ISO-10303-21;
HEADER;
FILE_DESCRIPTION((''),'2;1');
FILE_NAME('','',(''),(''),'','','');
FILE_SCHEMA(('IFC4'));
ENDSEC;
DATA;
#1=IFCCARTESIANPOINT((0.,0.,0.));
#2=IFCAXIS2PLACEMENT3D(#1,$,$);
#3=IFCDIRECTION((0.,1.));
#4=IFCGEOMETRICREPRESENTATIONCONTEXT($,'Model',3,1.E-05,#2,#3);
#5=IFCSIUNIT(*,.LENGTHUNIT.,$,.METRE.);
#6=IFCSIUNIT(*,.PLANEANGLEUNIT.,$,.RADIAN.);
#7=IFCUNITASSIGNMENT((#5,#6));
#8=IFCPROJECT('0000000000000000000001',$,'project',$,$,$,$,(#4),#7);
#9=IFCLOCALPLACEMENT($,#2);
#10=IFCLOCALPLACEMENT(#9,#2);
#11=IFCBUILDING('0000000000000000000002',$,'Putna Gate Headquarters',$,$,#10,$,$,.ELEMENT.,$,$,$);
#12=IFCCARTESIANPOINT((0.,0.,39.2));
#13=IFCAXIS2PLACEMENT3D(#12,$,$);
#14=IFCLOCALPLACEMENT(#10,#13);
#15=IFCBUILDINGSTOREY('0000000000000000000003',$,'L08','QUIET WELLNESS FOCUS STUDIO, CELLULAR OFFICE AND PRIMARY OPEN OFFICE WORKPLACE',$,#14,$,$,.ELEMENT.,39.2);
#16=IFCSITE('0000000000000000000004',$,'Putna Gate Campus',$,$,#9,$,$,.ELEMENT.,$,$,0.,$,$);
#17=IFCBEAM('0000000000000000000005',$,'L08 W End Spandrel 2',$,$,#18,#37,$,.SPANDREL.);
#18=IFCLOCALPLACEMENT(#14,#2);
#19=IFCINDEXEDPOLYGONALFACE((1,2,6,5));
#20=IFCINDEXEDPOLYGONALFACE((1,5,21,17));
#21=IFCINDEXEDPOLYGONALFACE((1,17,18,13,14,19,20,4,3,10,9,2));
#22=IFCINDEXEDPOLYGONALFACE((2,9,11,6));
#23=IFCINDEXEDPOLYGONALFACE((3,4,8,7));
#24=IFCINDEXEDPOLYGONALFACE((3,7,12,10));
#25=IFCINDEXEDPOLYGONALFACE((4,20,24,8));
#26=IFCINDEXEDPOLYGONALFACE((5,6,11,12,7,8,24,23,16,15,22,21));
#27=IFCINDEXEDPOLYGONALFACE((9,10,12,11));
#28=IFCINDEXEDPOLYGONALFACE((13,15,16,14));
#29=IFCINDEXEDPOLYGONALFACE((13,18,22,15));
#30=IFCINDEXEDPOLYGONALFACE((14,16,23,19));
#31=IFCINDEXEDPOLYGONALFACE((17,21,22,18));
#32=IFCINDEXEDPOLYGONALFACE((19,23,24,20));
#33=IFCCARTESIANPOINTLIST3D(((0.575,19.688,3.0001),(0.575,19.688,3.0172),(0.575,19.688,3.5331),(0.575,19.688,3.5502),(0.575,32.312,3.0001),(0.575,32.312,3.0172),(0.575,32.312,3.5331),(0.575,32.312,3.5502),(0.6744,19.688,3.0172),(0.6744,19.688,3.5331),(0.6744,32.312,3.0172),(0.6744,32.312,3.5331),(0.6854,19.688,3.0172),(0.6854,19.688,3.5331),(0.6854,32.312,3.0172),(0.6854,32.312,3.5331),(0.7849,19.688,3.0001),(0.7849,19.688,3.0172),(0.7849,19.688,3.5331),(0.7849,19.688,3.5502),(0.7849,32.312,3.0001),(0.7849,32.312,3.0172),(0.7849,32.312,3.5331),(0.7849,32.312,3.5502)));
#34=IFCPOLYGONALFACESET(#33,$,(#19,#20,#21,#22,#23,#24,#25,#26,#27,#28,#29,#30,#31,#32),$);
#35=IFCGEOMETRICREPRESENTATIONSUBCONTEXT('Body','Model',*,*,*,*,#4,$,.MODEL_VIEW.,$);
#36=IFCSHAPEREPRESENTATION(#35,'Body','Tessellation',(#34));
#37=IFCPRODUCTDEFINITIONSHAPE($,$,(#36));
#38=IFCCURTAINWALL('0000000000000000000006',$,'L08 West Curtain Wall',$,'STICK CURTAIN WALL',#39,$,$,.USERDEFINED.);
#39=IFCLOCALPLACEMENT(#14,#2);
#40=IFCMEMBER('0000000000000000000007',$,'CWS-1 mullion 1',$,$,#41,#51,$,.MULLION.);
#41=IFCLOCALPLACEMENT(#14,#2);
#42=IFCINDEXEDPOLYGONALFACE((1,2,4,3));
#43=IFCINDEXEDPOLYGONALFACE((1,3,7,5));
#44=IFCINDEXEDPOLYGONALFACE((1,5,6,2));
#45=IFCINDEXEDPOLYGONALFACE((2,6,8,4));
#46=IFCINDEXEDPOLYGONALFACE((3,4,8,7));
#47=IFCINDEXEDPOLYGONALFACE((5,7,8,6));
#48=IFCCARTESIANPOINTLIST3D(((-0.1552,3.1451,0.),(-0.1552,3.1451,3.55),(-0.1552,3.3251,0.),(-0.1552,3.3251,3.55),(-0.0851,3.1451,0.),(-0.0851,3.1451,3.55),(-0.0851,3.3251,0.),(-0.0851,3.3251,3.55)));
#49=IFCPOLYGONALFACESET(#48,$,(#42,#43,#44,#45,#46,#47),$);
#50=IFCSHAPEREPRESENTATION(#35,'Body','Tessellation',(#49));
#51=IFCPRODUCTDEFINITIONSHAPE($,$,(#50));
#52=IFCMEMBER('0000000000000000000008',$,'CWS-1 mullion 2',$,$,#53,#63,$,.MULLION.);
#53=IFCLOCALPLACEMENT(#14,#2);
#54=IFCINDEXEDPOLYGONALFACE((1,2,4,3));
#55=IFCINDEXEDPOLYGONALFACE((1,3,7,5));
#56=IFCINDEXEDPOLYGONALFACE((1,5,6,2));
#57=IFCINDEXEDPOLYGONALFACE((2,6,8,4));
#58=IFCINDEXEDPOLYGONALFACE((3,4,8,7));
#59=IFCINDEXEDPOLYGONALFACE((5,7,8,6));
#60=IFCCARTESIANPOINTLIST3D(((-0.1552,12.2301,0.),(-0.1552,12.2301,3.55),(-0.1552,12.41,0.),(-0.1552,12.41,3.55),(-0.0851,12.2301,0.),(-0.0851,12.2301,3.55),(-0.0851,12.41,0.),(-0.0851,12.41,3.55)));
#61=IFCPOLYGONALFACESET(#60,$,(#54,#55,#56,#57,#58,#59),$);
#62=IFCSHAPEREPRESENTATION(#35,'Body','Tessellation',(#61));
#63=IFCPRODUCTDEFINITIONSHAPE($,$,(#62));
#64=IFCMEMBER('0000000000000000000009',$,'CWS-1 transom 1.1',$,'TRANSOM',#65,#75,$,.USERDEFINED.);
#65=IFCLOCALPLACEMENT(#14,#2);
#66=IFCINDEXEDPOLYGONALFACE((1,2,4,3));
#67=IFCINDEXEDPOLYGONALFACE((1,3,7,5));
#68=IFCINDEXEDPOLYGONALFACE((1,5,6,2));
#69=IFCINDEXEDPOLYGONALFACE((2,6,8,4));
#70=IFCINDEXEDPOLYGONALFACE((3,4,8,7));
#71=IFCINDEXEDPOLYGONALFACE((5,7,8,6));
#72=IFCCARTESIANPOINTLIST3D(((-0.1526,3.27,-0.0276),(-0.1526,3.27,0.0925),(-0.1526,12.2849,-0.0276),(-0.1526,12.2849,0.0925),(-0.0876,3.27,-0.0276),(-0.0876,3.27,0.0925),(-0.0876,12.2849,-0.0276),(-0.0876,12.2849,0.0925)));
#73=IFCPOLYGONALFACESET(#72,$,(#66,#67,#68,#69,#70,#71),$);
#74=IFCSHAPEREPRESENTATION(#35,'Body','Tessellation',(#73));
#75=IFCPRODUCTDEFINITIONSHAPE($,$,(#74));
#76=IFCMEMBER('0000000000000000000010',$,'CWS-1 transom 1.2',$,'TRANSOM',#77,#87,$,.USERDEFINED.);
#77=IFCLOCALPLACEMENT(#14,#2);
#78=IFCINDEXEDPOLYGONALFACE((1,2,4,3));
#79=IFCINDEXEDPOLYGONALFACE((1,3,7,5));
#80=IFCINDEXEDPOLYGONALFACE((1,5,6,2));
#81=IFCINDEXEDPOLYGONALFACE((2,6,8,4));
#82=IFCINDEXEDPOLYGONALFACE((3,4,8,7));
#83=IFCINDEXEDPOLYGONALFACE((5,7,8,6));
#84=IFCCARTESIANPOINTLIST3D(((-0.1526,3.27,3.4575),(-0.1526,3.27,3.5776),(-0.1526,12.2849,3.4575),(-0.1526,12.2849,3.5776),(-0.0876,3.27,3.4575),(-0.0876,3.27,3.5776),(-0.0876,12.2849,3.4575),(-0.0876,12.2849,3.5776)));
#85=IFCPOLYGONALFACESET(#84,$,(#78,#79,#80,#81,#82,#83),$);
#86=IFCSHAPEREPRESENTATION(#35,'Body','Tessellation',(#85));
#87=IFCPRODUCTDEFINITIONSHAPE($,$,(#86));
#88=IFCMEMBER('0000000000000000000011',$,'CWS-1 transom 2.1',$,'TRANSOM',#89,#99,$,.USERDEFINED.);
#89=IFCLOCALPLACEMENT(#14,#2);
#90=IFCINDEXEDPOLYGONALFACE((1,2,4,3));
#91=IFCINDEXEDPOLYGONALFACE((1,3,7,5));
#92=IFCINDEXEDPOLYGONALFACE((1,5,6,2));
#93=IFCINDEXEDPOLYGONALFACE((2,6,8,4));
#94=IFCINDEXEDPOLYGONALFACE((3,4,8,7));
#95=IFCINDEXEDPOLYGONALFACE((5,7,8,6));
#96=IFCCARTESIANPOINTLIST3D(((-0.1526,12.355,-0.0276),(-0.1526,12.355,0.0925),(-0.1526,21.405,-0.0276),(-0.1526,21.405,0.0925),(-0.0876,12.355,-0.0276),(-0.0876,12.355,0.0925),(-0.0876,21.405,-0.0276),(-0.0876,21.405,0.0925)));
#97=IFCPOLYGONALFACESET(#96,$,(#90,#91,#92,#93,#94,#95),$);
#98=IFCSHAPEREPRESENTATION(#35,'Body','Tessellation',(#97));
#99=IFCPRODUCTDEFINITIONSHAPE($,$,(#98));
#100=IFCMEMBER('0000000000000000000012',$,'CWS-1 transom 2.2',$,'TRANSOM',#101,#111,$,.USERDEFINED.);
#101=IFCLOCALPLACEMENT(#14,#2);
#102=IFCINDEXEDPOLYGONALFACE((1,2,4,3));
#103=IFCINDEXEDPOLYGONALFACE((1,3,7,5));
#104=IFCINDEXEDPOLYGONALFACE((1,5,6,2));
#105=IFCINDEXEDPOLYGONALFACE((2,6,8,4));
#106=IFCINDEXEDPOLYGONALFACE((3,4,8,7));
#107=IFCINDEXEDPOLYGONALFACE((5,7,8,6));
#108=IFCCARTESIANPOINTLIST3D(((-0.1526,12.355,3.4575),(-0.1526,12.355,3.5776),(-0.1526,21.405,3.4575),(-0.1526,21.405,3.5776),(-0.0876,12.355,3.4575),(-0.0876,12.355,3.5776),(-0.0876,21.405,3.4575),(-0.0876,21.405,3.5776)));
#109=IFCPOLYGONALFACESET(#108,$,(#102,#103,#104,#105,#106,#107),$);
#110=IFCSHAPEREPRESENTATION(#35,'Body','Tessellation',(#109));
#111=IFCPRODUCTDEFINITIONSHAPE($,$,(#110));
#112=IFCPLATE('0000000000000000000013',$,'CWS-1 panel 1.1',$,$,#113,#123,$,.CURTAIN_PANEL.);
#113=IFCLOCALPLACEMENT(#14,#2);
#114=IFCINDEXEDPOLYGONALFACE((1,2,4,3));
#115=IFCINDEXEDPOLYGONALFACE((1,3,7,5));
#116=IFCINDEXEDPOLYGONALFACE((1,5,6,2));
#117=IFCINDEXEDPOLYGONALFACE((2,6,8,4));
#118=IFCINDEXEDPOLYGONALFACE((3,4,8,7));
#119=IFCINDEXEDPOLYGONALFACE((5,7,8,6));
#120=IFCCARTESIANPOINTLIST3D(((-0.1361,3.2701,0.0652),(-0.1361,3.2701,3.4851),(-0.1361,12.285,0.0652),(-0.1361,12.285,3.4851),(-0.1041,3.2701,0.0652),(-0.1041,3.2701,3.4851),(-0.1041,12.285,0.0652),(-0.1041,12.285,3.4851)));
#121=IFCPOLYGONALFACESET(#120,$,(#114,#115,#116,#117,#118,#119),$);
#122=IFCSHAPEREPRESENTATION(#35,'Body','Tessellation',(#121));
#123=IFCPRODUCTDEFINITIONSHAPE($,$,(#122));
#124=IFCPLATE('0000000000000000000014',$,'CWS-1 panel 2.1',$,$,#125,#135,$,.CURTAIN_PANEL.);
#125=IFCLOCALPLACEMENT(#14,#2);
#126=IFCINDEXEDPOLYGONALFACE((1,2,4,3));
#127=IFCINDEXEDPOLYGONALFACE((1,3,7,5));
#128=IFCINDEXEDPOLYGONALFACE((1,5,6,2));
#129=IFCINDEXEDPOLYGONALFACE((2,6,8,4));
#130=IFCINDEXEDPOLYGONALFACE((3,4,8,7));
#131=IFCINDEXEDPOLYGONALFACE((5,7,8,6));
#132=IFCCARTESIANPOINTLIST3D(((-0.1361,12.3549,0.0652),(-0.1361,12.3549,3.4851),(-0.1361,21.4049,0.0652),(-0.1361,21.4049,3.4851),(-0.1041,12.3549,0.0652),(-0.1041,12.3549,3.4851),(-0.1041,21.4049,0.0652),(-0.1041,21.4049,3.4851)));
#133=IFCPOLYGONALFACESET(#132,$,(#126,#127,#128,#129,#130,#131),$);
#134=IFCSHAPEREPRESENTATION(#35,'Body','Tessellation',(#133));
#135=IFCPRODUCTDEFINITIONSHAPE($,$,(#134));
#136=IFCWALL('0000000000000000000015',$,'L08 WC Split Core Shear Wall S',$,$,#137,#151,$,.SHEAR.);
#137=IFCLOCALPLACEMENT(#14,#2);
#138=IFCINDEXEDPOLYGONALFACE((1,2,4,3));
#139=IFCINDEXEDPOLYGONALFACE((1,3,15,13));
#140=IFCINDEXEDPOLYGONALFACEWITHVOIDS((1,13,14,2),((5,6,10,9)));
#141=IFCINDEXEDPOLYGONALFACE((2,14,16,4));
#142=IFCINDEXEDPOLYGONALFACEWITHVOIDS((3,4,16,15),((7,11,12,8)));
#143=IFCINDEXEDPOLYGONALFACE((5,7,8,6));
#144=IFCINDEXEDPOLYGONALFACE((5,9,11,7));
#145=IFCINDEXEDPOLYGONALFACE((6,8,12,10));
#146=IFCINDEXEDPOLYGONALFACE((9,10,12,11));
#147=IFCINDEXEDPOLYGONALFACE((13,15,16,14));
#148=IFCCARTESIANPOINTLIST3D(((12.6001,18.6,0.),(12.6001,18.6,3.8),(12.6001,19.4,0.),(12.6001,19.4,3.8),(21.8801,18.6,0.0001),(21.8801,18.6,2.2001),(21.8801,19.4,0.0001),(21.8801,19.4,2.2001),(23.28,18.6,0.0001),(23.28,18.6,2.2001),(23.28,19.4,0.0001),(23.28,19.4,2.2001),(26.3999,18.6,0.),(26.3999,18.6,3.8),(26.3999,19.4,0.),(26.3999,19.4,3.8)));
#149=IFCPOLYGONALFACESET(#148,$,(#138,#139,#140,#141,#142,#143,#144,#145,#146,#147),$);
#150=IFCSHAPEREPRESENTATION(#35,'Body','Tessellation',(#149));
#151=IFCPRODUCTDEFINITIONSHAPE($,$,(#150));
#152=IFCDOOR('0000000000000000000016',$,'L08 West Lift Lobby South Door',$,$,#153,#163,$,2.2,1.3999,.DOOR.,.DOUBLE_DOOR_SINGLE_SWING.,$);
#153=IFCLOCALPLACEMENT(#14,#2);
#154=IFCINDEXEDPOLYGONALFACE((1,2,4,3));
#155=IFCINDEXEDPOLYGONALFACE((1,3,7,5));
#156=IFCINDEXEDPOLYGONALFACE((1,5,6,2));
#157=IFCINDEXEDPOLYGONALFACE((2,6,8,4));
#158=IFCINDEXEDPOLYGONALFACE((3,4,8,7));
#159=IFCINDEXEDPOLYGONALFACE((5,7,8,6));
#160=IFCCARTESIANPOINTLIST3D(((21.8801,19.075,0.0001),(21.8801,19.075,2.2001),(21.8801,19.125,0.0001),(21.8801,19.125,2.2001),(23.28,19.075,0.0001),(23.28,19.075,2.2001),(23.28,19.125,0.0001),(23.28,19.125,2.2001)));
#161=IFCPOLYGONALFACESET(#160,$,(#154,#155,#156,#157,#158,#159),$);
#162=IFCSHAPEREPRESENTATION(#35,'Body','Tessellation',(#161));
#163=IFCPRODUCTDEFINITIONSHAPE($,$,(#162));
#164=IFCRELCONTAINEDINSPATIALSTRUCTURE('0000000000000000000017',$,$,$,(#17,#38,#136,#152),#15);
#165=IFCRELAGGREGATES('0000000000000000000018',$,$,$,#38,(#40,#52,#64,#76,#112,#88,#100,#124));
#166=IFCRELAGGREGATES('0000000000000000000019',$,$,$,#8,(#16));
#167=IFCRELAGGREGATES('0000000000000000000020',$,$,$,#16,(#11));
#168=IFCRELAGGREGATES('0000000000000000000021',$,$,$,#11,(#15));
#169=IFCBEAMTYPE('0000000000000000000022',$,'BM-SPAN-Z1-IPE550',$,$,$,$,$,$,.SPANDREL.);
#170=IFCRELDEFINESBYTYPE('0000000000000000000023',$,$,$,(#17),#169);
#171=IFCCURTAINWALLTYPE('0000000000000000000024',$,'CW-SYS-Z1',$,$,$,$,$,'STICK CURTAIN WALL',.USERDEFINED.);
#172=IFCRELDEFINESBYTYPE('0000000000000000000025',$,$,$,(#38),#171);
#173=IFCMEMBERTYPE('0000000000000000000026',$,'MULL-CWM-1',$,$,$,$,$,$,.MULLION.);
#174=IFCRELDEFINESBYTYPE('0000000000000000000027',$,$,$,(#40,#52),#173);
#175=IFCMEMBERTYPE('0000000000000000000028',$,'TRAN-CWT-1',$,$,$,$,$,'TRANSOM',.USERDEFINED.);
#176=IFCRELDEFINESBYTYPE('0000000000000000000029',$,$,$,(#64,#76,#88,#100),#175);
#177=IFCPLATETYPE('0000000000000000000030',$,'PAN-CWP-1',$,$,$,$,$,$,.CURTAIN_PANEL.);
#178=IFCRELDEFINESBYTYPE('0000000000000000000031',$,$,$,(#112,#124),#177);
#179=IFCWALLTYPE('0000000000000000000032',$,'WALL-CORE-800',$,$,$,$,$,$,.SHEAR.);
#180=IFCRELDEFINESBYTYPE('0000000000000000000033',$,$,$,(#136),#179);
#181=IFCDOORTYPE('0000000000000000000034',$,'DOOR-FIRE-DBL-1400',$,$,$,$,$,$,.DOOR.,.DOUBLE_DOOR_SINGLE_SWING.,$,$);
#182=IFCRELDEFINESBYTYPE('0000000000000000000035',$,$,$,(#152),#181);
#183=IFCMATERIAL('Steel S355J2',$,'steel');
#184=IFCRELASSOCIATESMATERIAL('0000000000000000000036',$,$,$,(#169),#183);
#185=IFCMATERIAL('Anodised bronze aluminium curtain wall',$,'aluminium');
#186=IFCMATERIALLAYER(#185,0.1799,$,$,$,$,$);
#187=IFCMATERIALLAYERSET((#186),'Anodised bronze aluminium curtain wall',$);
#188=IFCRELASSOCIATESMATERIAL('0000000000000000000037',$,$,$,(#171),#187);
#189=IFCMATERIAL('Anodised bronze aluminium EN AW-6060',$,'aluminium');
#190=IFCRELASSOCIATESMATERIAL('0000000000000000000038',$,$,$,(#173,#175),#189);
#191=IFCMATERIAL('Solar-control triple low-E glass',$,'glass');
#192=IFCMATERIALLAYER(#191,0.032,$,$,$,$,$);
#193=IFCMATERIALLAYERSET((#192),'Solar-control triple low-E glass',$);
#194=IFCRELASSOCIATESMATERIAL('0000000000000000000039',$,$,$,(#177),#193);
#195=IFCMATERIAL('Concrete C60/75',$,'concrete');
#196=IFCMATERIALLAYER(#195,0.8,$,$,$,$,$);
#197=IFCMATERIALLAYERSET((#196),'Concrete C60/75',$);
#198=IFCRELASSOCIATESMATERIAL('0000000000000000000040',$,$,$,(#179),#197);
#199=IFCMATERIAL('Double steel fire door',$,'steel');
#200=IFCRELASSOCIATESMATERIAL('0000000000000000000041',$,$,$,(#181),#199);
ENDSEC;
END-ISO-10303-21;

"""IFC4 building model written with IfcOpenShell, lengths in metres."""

from ifc_helpers import new_model, si_unit, direction, frame, frame_2d, origin, origin_2d, place, context, subcontext, project, spatial, rectangle, i_section, extrude, material, layer, layer_set, material_profile, profile_set, type_object, element, fill, aggregate, save


model = new_model("IFC4")

# Units and contexts
model_context = context("Model", 3, precision=1e-05, world=origin(), true_north=direction((0.0, 1.0)))
body_context = subcontext(model_context, "Body", "Model", "MODEL_VIEW")
ifc_project = project(units=[si_unit("LENGTHUNIT", "METRE"), si_unit("PLANEANGLEUNIT", "RADIAN")], contexts=[model_context])

# Site, building, storey
site_placement = place(None, origin())
site = spatial("IfcSite", under=ifc_project, at=site_placement, Name="Putna Gate Campus", CompositionType="ELEMENT", RefElevation=0.0)
building_placement = place(site_placement, origin())
building = spatial("IfcBuilding", under=site, at=building_placement, Name="Putna Gate Headquarters", CompositionType="ELEMENT")
storey_placement = place(building_placement, frame((0.0, 0.0, 39.2)))
storey = spatial("IfcBuildingStorey", under=building, at=storey_placement, Name="L08", Description="QUIET WELLNESS FOCUS STUDIO, CELLULAR OFFICE AND PRIMARY OPEN OFFICE WORKPLACE", CompositionType="ELEMENT", Elevation=39.2)

# Shared definitions
ifc_material_1 = material(Name="Concrete C60/75", Category="concrete")

# Beam
ifc_material_2 = material(Name="Steel S355J2", Category="steel")
ifc_material_profile_1 = material_profile(ifc_material_2, i_section(OverallWidth=0.21, OverallDepth=0.55, WebThickness=0.011, FlangeThickness=0.0171, at=origin_2d()), Name="Steel S355J2")
ifc_profile_set_1 = profile_set([ifc_material_profile_1], Name="Steel S355J2")
beam_type_1 = type_object("IfcBeamType", Name="BM-SPAN-Z1-IPE550", PredefinedType="SPANDREL", material=ifc_profile_set_1)
beam_1_placement = place(storey_placement, frame((0.6799, 19.688, 3.2751), z_axis=(0.0, 1.0, 0.0), x_axis=(-1.0, 0.0, 0.0)))
element("IfcBeam", 1, at=beam_1_placement, inside=storey, type_object=beam_type_1, Name="L08 W End Spandrel 2", PredefinedType="SPANDREL", context=body_context, shape_type="SweptSolid", body=[
    extrude(i_section(OverallWidth=0.21, OverallDepth=0.55, WebThickness=0.011, FlangeThickness=0.0171, at=origin_2d()), origin(), (0.0, 0.0, 1.0), 12.624),
])

# Curtain wall, members, plates
ifc_material_3 = material(Name="Anodised bronze aluminium curtain wall", Category="aluminium")
ifc_layer_1 = layer(ifc_material_3, 0.1799)
ifc_layer_set_1 = layer_set([ifc_layer_1], Name="Anodised bronze aluminium curtain wall")
curtain_wall_type = type_object("IfcCurtainWallType", Name="CW-SYS-Z1", ElementType="STICK CURTAIN WALL", PredefinedType="USERDEFINED", material=ifc_layer_set_1)
curtain_wall_placement = place(storey_placement, origin())
curtain_wall = element("IfcCurtainWall", 2, at=curtain_wall_placement, inside=storey, type_object=curtain_wall_type, Name="L08 West Curtain Wall", ObjectType="STICK CURTAIN WALL", PredefinedType="USERDEFINED")
ifc_material_4 = material(Name="Anodised bronze aluminium EN AW-6060", Category="aluminium")
ifc_material_profile_2 = material_profile(ifc_material_4, rectangle(XDim=0.0701, YDim=0.1799, at=origin_2d()), Name="Anodised bronze aluminium EN AW-6060")
ifc_profile_set_2 = profile_set([ifc_material_profile_2], Name="Anodised bronze aluminium EN AW-6060")
member_type_1 = type_object("IfcMemberType", Name="MULL-CWM-1", PredefinedType="MULLION", material=ifc_profile_set_2)
member_1_placement = place(storey_placement, frame((-0.1201, 3.2351, 0.0), z_axis=(0.0, 0.0, 1.0), x_axis=(-1.0, 0.0, 0.0)))
member_1 = element("IfcMember", 3, at=member_1_placement, type_object=member_type_1, Name="CWS-1 mullion 1", PredefinedType="MULLION", context=body_context, shape_type="SweptSolid", body=[
    extrude(rectangle(XDim=0.0701, YDim=0.1799, at=origin_2d()), origin(), (0.0, 0.0, 1.0), 3.55),
])
member_2_placement = place(storey_placement, frame((-0.1201, 12.3201, 0.0), z_axis=(0.0, 0.0, 1.0), x_axis=(-1.0, 0.0, 0.0)))
member_2 = element("IfcMember", 4, at=member_2_placement, type_object=member_type_1, Name="CWS-1 mullion 2", PredefinedType="MULLION", context=body_context, shape_type="SweptSolid", body=[
    extrude(rectangle(XDim=0.0701, YDim=0.1799, at=origin_2d()), origin(), (0.0, 0.0, 1.0), 3.55),
])
ifc_material_profile_3 = material_profile(ifc_material_4, rectangle(XDim=0.0649, YDim=0.1201, at=origin_2d()), Name="Anodised bronze aluminium EN AW-6060")
ifc_profile_set_3 = profile_set([ifc_material_profile_3], Name="Anodised bronze aluminium EN AW-6060")
member_type_2 = type_object("IfcMemberType", Name="TRAN-CWT-1", ElementType="TRANSOM", PredefinedType="USERDEFINED", material=ifc_profile_set_3)
member_3_placement = place(storey_placement, frame((-0.1201, 3.27, 0.0325), z_axis=(0.0, 1.0, 0.0), x_axis=(-1.0, 0.0, 0.0)))
member_3 = element("IfcMember", 5, at=member_3_placement, type_object=member_type_2, Name="CWS-1 transom 1.1", ObjectType="TRANSOM", PredefinedType="USERDEFINED", context=body_context, shape_type="SweptSolid", body=[
    extrude(rectangle(XDim=0.0649, YDim=0.1201, at=origin_2d()), origin(), (0.0, 0.0, 1.0), 9.0149),
])
member_4_placement = place(storey_placement, frame((-0.1201, 3.27, 3.5176), z_axis=(0.0, 1.0, 0.0), x_axis=(-1.0, 0.0, 0.0)))
member_4 = element("IfcMember", 6, at=member_4_placement, type_object=member_type_2, Name="CWS-1 transom 1.2", ObjectType="TRANSOM", PredefinedType="USERDEFINED", context=body_context, shape_type="SweptSolid", body=[
    extrude(rectangle(XDim=0.0649, YDim=0.1201, at=origin_2d()), origin(), (0.0, 0.0, 1.0), 9.0149),
])
member_5_placement = place(storey_placement, frame((-0.1201, 12.355, 0.0325), z_axis=(0.0, 1.0, 0.0), x_axis=(-1.0, 0.0, 0.0)))
member_5 = element("IfcMember", 7, at=member_5_placement, type_object=member_type_2, Name="CWS-1 transom 2.1", ObjectType="TRANSOM", PredefinedType="USERDEFINED", context=body_context, shape_type="SweptSolid", body=[
    extrude(rectangle(XDim=0.0649, YDim=0.1201, at=origin_2d()), origin(), (0.0, 0.0, 1.0), 9.05),
])
member_6_placement = place(storey_placement, frame((-0.1201, 12.355, 3.5176), z_axis=(0.0, 1.0, 0.0), x_axis=(-1.0, 0.0, 0.0)))
member_6 = element("IfcMember", 8, at=member_6_placement, type_object=member_type_2, Name="CWS-1 transom 2.2", ObjectType="TRANSOM", PredefinedType="USERDEFINED", context=body_context, shape_type="SweptSolid", body=[
    extrude(rectangle(XDim=0.0649, YDim=0.1201, at=origin_2d()), origin(), (0.0, 0.0, 1.0), 9.05),
])
ifc_material_5 = material(Name="Solar-control triple low-E glass", Category="glass")
ifc_layer_2 = layer(ifc_material_5, 0.032)
ifc_layer_set_2 = layer_set([ifc_layer_2], Name="Solar-control triple low-E glass")
plate_type = type_object("IfcPlateType", Name="PAN-CWP-1", PredefinedType="CURTAIN_PANEL", material=ifc_layer_set_2)
plate_1_placement = place(storey_placement, frame((-0.1201, 7.7776, 0.0652), z_axis=(0.0, 0.0, 1.0), x_axis=(0.0, 1.0, 0.0)))
plate_1 = element("IfcPlate", 9, at=plate_1_placement, type_object=plate_type, Name="CWS-1 panel 1.1", PredefinedType="CURTAIN_PANEL", context=body_context, shape_type="SweptSolid", body=[
    extrude(rectangle(XDim=9.0149, YDim=0.032, at=origin_2d()), origin(), (0.0, 0.0, 1.0), 3.4199),
])
plate_2_placement = place(storey_placement, frame((-0.1201, 16.8799, 0.0652), z_axis=(0.0, 0.0, 1.0), x_axis=(0.0, 1.0, 0.0)))
plate_2 = element("IfcPlate", 10, at=plate_2_placement, type_object=plate_type, Name="CWS-1 panel 2.1", PredefinedType="CURTAIN_PANEL", context=body_context, shape_type="SweptSolid", body=[
    extrude(rectangle(XDim=9.05, YDim=0.032, at=origin_2d()), origin(), (0.0, 0.0, 1.0), 3.4199),
])
aggregate(curtain_wall, [member_1, member_2, member_3, member_4, plate_1, member_5, member_6, plate_2])

# Wall, opening, door
ifc_layer_3 = layer(ifc_material_1, 0.8)
ifc_layer_set_3 = layer_set([ifc_layer_3], Name="Concrete C60/75")
wall_type_1 = type_object("IfcWallType", Name="WALL-CORE-800", PredefinedType="SHEAR", material=ifc_layer_set_3)
wall_1_placement = place(storey_placement, frame((12.6001, 19.0, 0.0), z_axis=(0.0, 0.0, 1.0), x_axis=(1.0, 0.0, 0.0)))
wall_1 = element("IfcWall", 11, at=wall_1_placement, inside=storey, type_object=wall_type_1, Name="L08 WC Split Core Shear Wall S", PredefinedType="SHEAR", context=body_context, shape_type="SweptSolid", body=[
    extrude(rectangle(XDim=13.7998, YDim=0.8, at=frame_2d((6.8999, 0.0))), origin(), (0.0, 0.0, 1.0), 3.8),
])
opening_1_placement = place(wall_1_placement, frame((9.28, 0.0, 0.0)))
opening_1 = element("IfcOpeningElement", 12, at=opening_1_placement, cuts=wall_1, PredefinedType="OPENING", context=body_context, shape_type="SweptSolid", body=[
    extrude(rectangle(XDim=1.3999, YDim=2.2, at=frame_2d((0.7, 1.1001))), frame((0.0, 0.4099, 0.0), z_axis=(0.0, -1.0, 0.0), x_axis=(1.0, 0.0, 0.0)), (0.0, 0.0, 1.0), 0.8201),
])
ifc_material_6 = material(Name="Double steel fire door", Category="steel")
door_type_1 = type_object("IfcDoorType", Name="DOOR-FIRE-DBL-1400", OperationType="DOUBLE_DOOR_SINGLE_SWING", PredefinedType="DOOR", material=ifc_material_6)
door_1_placement = place(opening_1_placement, origin())
door_1 = element("IfcDoor", 13, at=door_1_placement, inside=storey, type_object=door_type_1, Name="L08 West Lift Lobby South Door", OperationType="DOUBLE_DOOR_SINGLE_SWING", OverallHeight=2.2, OverallWidth=1.3999, PredefinedType="DOOR", context=body_context, shape_type="SweptSolid", body=[
    extrude(rectangle(XDim=1.3999, YDim=2.2, at=frame_2d((0.7, 1.1001))), frame((0.0, 0.125, 0.0), z_axis=(0.0, -1.0, 0.0), x_axis=(1.0, 0.0, 0.0)), (0.0, 0.0, 1.0), 0.05),
])
fill(opening_1, door_1)

save(model, "model.ifc")
